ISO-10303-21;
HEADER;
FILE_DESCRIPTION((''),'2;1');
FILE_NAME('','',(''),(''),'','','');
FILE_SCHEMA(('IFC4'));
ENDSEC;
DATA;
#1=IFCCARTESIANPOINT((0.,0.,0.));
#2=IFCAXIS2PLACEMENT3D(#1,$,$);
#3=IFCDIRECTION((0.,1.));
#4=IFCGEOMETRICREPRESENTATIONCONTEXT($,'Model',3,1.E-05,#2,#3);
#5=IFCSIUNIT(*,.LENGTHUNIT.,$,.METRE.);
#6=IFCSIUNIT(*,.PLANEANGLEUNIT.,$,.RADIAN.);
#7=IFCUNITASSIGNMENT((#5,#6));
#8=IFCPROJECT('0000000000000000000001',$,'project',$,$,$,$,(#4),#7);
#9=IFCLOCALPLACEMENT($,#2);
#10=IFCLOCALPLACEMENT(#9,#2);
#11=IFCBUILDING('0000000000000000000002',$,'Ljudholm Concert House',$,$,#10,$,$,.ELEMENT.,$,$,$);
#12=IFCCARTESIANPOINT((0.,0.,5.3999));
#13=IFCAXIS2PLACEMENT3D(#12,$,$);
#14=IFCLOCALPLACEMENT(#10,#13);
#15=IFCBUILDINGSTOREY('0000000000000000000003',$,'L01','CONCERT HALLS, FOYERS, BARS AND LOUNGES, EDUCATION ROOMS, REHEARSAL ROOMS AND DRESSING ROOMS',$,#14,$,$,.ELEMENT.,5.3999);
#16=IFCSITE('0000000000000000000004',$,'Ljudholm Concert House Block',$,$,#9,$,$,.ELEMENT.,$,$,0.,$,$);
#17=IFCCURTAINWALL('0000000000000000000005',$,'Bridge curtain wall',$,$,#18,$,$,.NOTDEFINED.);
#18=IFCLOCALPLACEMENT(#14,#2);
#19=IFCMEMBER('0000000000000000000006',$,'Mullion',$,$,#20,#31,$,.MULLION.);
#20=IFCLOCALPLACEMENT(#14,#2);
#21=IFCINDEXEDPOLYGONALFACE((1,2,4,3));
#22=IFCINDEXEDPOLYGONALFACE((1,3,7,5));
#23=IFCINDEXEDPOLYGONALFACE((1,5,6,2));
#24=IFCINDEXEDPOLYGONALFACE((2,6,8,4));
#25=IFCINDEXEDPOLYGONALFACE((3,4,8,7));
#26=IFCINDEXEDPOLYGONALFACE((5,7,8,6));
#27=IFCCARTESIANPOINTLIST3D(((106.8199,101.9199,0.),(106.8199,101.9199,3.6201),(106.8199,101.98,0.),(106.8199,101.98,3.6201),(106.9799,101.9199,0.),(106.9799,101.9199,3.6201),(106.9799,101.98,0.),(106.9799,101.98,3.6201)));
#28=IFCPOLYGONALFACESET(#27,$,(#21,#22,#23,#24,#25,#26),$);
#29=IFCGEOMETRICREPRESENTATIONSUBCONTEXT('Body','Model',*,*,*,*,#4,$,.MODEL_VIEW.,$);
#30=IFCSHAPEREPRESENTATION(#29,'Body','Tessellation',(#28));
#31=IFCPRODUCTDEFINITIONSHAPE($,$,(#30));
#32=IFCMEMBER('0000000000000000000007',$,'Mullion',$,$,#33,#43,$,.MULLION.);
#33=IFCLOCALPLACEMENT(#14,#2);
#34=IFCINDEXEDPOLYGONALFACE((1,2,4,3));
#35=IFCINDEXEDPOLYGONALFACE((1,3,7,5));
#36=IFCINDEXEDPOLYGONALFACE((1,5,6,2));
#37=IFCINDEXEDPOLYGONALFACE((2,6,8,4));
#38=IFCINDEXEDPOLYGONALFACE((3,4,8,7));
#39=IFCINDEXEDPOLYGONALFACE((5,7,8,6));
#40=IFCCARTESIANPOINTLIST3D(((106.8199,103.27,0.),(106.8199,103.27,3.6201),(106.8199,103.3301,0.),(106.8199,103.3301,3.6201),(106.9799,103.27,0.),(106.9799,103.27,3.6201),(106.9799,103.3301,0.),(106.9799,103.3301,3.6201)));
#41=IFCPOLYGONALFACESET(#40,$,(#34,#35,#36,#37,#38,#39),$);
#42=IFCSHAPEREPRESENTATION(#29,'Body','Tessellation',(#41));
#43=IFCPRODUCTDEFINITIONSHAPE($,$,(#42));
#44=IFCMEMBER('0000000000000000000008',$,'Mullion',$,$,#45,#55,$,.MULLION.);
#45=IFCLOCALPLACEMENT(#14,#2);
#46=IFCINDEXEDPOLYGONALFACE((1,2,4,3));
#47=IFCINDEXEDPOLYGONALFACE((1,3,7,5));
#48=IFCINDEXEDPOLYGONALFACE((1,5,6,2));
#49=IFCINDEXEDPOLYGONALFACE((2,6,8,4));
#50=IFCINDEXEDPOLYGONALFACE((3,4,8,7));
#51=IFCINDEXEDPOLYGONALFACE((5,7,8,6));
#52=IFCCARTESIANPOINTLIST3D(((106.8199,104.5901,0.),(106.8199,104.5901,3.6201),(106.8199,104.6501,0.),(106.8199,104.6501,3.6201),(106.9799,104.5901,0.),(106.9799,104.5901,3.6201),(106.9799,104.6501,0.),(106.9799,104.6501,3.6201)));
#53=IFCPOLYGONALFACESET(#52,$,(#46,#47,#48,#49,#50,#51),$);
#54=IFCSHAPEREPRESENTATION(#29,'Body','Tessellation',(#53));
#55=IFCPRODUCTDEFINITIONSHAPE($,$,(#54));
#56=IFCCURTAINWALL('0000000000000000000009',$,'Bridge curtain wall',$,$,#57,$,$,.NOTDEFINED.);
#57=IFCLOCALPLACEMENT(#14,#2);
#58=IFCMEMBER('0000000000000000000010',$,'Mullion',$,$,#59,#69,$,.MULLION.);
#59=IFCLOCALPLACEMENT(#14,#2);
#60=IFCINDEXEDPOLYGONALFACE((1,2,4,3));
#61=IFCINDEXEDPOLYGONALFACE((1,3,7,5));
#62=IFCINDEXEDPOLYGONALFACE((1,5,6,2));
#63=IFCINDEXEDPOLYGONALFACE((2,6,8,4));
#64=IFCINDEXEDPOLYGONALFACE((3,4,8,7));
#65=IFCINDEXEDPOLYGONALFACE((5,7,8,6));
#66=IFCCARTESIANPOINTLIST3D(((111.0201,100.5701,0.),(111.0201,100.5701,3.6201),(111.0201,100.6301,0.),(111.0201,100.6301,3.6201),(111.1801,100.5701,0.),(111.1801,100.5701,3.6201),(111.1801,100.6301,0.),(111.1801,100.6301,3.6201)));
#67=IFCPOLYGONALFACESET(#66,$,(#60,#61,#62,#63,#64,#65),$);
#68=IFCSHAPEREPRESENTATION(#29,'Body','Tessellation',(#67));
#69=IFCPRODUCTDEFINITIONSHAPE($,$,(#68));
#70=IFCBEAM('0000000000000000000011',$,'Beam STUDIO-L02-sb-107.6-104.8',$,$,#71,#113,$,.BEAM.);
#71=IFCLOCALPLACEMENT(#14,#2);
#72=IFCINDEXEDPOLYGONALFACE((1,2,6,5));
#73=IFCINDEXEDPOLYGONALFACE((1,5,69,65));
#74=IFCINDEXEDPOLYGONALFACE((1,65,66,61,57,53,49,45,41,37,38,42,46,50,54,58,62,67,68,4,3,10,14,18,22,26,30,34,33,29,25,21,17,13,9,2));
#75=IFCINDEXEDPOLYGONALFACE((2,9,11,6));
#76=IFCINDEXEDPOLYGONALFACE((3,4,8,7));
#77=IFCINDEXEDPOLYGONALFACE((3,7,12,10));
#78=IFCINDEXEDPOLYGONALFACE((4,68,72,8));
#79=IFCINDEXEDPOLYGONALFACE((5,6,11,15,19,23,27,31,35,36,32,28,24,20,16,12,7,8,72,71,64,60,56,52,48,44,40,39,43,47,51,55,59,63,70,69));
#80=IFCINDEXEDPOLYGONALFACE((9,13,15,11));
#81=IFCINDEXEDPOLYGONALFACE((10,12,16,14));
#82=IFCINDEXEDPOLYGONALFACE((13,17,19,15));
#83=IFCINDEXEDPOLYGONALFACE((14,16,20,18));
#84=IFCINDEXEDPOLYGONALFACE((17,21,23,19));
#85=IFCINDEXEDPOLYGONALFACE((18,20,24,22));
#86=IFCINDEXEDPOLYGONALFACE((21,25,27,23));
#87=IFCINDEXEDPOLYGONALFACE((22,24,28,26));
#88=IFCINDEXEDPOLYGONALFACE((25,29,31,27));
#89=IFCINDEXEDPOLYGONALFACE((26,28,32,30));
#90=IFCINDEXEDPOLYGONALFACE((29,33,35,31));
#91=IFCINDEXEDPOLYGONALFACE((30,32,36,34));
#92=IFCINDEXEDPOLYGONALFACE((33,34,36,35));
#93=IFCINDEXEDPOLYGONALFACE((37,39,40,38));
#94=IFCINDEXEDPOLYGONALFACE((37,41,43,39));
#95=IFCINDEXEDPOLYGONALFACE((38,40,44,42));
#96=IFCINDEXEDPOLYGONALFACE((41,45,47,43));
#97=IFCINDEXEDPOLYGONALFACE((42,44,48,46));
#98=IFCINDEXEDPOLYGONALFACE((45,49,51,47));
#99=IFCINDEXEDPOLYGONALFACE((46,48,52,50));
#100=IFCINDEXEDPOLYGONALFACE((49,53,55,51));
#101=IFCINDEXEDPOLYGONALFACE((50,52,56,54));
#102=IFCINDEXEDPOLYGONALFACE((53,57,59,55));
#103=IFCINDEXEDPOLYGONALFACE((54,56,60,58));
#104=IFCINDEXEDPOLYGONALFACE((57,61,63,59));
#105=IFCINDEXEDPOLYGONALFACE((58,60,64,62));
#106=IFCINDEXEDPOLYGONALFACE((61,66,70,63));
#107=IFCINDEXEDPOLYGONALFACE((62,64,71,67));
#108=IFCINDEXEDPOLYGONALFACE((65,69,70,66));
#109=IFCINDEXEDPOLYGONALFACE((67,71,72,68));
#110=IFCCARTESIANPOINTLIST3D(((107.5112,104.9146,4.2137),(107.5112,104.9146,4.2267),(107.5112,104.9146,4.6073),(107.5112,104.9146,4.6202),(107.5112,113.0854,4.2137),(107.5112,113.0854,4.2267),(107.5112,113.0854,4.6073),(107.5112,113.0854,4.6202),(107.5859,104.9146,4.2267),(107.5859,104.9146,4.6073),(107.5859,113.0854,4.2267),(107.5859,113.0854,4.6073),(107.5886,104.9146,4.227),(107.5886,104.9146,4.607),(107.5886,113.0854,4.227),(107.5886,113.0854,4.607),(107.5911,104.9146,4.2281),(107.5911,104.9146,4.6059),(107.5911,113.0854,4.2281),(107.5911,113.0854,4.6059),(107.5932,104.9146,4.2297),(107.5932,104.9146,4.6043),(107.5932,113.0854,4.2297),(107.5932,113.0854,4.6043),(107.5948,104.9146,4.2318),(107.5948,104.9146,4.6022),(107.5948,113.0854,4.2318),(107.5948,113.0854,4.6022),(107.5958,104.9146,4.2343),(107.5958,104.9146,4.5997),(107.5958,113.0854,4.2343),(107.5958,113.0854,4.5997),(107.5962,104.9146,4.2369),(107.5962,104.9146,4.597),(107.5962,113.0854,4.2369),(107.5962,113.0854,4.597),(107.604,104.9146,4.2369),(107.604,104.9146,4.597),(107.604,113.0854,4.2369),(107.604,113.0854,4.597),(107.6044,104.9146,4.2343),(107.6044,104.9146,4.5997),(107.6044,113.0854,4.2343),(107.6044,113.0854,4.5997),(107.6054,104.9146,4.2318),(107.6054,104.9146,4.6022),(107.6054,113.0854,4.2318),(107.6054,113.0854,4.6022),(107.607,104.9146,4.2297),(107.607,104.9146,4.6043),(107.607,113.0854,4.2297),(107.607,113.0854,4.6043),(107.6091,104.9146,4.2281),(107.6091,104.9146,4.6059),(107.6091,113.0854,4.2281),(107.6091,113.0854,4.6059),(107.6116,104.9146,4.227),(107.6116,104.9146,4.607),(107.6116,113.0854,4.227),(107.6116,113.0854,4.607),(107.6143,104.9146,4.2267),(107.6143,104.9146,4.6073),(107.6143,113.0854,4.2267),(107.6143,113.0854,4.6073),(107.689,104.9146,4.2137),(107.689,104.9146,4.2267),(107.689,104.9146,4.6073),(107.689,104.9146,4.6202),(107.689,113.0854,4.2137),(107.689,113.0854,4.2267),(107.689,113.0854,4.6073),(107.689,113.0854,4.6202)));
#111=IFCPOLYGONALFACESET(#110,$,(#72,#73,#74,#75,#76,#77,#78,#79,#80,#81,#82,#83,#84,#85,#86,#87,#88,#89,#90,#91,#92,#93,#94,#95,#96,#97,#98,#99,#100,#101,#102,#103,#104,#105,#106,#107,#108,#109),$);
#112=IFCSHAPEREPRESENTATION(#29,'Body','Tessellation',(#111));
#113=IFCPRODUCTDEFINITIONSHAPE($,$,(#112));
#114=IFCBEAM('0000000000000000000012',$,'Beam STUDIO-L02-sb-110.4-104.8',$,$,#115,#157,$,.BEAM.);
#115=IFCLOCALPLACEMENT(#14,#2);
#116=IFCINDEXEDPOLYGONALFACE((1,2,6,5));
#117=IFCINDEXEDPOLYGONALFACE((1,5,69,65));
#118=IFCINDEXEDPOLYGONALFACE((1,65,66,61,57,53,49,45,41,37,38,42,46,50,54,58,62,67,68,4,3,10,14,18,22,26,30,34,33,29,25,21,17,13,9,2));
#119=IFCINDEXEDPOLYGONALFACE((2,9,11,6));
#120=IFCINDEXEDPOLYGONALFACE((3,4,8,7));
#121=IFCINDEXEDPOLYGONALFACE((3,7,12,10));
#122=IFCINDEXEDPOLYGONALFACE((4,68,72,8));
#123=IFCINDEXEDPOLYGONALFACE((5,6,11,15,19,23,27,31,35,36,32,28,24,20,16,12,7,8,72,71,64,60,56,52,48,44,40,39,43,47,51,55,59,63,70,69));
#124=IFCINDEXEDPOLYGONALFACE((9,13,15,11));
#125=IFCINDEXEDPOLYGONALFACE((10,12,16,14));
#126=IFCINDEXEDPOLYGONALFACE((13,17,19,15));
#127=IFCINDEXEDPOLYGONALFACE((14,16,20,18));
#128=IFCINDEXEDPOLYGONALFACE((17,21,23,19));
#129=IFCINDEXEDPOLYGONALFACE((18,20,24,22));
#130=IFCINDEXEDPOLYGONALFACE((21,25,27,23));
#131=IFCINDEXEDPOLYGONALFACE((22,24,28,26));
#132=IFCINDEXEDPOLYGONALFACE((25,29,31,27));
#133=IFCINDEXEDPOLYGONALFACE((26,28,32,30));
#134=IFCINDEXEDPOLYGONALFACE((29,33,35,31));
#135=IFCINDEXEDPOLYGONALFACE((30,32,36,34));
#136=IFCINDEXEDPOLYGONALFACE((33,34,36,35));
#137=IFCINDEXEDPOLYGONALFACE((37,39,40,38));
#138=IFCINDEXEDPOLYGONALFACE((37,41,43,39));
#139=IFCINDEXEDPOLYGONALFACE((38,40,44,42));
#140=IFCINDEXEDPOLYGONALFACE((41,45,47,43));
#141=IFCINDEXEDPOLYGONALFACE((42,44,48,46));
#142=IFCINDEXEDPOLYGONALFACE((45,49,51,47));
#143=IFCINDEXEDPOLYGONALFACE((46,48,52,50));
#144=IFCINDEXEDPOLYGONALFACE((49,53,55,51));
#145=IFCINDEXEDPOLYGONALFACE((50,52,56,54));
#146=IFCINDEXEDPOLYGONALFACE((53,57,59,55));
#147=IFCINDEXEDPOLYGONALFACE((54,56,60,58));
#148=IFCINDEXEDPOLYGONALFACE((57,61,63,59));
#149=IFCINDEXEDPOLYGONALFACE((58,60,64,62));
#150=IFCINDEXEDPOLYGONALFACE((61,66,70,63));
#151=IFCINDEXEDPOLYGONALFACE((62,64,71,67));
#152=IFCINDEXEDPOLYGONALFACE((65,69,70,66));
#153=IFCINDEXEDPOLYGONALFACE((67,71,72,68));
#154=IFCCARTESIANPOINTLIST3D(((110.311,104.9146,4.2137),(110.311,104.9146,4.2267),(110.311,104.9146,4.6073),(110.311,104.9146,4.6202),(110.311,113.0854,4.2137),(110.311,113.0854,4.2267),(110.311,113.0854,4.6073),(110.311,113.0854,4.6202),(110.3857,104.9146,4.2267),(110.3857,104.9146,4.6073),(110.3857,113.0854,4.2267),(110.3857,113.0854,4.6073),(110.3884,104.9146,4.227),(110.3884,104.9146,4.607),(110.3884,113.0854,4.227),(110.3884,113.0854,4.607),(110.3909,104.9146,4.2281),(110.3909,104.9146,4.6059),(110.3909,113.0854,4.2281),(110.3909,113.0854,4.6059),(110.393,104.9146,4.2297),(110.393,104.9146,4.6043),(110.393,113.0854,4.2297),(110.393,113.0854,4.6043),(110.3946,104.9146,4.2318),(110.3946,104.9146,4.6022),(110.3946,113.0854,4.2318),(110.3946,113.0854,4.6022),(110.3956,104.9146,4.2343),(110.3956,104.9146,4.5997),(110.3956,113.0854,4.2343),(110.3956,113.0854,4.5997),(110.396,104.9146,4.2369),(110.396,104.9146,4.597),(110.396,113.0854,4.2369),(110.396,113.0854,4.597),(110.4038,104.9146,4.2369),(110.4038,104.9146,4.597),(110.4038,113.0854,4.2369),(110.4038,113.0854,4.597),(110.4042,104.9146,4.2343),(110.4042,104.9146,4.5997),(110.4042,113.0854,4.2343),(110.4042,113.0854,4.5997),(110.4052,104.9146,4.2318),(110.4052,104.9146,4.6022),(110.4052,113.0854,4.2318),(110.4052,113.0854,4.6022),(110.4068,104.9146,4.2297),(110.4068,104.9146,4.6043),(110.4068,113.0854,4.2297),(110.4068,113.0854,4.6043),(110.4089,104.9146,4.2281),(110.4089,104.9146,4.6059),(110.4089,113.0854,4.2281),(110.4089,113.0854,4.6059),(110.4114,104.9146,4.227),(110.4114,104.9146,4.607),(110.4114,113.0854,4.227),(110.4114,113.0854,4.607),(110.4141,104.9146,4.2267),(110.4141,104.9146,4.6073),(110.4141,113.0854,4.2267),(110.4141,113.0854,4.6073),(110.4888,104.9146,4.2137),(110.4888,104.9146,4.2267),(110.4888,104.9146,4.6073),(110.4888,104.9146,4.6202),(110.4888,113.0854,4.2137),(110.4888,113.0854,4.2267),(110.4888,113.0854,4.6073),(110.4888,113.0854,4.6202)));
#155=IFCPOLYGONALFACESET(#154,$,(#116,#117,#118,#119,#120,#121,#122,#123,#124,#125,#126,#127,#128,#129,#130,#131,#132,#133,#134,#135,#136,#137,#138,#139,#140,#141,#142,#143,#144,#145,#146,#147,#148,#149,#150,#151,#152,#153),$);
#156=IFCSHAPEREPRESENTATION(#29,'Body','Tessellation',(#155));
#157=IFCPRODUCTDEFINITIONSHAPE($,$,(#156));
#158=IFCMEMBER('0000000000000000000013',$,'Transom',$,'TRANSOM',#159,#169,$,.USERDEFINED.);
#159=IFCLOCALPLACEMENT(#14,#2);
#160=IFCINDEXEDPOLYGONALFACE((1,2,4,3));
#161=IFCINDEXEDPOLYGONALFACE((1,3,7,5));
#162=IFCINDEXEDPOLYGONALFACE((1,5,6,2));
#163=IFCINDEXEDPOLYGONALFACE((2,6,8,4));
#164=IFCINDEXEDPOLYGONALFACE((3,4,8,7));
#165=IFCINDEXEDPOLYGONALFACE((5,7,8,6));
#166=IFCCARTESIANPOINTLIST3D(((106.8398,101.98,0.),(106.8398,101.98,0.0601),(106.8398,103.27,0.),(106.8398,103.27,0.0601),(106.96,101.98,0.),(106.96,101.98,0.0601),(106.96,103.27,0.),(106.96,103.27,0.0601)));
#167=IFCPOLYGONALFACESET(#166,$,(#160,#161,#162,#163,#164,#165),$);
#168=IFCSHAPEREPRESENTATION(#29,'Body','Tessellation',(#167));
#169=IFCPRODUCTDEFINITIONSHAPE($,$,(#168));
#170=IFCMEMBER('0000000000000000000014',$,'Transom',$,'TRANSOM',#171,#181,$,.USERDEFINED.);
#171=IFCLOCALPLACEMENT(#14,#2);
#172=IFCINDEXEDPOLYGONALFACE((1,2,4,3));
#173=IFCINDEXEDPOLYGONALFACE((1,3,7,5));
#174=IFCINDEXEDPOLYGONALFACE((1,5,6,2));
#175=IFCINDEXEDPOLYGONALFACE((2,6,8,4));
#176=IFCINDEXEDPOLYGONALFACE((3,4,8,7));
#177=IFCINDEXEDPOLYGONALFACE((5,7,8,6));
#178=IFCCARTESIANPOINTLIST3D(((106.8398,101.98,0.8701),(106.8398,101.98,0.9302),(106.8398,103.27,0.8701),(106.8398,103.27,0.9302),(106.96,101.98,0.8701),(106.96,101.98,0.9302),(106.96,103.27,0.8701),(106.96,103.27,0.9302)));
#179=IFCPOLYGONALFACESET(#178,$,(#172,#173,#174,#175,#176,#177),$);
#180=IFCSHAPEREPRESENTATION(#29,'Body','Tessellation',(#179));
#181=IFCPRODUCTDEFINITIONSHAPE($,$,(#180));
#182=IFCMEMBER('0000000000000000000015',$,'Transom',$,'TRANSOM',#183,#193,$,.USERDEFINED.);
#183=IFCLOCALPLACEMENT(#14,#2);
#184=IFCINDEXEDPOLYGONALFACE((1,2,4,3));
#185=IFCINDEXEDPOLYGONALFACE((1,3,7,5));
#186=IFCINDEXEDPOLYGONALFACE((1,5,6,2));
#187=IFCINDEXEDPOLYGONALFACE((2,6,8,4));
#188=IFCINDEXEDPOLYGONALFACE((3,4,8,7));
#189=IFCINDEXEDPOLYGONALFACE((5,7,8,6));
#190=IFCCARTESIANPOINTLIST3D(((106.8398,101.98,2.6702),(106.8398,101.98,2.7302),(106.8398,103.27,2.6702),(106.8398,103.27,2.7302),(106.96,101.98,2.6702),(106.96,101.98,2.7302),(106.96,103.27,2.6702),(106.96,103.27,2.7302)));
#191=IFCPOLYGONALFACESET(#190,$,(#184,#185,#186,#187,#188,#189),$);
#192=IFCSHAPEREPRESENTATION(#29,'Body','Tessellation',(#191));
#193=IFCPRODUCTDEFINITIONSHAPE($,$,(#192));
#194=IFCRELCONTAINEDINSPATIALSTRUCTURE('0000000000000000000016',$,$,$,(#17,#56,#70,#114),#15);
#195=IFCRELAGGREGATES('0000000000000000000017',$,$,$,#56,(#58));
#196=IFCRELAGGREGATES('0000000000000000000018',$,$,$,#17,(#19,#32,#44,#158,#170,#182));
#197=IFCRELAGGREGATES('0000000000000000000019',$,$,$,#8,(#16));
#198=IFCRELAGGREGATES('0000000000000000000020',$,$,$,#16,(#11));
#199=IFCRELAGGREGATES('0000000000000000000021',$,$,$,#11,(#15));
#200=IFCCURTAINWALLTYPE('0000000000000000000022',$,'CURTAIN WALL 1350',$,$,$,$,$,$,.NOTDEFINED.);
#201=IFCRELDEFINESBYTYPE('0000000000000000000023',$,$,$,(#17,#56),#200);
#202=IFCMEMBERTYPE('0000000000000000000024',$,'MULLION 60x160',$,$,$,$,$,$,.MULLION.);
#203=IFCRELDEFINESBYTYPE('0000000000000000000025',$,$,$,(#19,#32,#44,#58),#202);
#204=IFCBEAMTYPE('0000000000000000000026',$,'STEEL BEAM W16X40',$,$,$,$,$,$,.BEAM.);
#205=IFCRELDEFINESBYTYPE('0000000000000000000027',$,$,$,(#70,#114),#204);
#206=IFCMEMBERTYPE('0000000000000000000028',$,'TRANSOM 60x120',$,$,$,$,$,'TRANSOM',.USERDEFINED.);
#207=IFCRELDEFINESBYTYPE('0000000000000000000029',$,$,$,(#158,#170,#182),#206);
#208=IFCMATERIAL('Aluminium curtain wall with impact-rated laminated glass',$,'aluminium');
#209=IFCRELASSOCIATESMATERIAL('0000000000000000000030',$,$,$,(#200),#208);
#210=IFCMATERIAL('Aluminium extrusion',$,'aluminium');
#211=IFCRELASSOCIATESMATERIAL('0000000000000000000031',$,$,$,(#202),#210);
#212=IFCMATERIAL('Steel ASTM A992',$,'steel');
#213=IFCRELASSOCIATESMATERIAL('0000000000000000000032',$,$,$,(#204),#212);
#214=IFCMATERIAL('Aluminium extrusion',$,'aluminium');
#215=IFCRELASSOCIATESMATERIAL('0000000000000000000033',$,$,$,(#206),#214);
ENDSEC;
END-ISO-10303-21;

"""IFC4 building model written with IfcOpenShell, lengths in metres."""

from ifc_helpers import new_model, si_unit, direction, frame, origin, origin_2d, place, context, subcontext, project, spatial, rectangle, i_section, extrude, material, material_profile, profile_set, type_object, element, aggregate, save


model = new_model("IFC4")

# Units and contexts
model_context = context("Model", 3, precision=1e-05, world=origin(), true_north=direction((0.0, 1.0)))
body_context = subcontext(model_context, "Body", "Model", "MODEL_VIEW")
ifc_project = project(units=[si_unit("LENGTHUNIT", "METRE"), si_unit("PLANEANGLEUNIT", "RADIAN")], contexts=[model_context])

# Site, building, storey
site_placement = place(None, origin())
site = spatial("IfcSite", under=ifc_project, at=site_placement, Name="Ljudholm Concert House Block", CompositionType="ELEMENT", RefElevation=0.0)
building_placement = place(site_placement, origin())
building = spatial("IfcBuilding", under=site, at=building_placement, Name="Ljudholm Concert House", CompositionType="ELEMENT")
storey_placement = place(building_placement, frame((0.0, 0.0, 5.3999)))
storey = spatial("IfcBuildingStorey", under=building, at=storey_placement, Name="L01", Description="CONCERT HALLS, FOYERS, BARS AND LOUNGES, EDUCATION ROOMS, REHEARSAL ROOMS AND DRESSING ROOMS", CompositionType="ELEMENT", Elevation=5.3999)

# Curtain wall, members
ifc_material_1 = material(Name="Aluminium curtain wall with impact-rated laminated glass", Category="aluminium")
curtain_wall_type = type_object("IfcCurtainWallType", Name="CURTAIN WALL 1350", PredefinedType="NOTDEFINED", material=ifc_material_1)
curtain_wall_1_placement = place(storey_placement, origin())
curtain_wall_1 = element("IfcCurtainWall", 1, at=curtain_wall_1_placement, inside=storey, type_object=curtain_wall_type, Name="Bridge curtain wall", PredefinedType="NOTDEFINED")
ifc_material_2 = material(Name="Aluminium extrusion", Category="aluminium")
ifc_material_profile_1 = material_profile(ifc_material_2, rectangle(XDim=0.1599, YDim=0.0601, at=origin_2d()), Name="MULLION 60x160")
ifc_profile_set_1 = profile_set([ifc_material_profile_1], Name="Aluminium extrusion")
member_type_1 = type_object("IfcMemberType", Name="MULLION 60x160", PredefinedType="MULLION", material=ifc_profile_set_1)
member_1_placement = place(storey_placement, frame((106.8999, 101.95, 0.0), z_axis=(0.0, 0.0, 1.0), x_axis=(-1.0, 0.0, 0.0)))
member_1 = element("IfcMember", 2, at=member_1_placement, type_object=member_type_1, Name="Mullion", PredefinedType="MULLION", context=body_context, shape_type="SweptSolid", body=[
    extrude(rectangle(XDim=0.1599, YDim=0.0601, at=origin_2d()), origin(), (0.0, 0.0, 1.0), 3.6201),
])
member_2_placement = place(storey_placement, frame((106.8999, 103.3, 0.0), z_axis=(0.0, 0.0, 1.0), x_axis=(-1.0, 0.0, 0.0)))
member_2 = element("IfcMember", 3, at=member_2_placement, type_object=member_type_1, Name="Mullion", PredefinedType="MULLION", context=body_context, shape_type="SweptSolid", body=[
    extrude(rectangle(XDim=0.1599, YDim=0.0601, at=origin_2d()), origin(), (0.0, 0.0, 1.0), 3.6201),
])
member_3_placement = place(storey_placement, frame((106.8999, 104.6201, 0.0), z_axis=(0.0, 0.0, 1.0), x_axis=(-1.0, 0.0, 0.0)))
member_3 = element("IfcMember", 4, at=member_3_placement, type_object=member_type_1, Name="Mullion", PredefinedType="MULLION", context=body_context, shape_type="SweptSolid", body=[
    extrude(rectangle(XDim=0.1599, YDim=0.0601, at=origin_2d()), origin(), (0.0, 0.0, 1.0), 3.6201),
])

# Curtain wall, member
curtain_wall_2_placement = place(storey_placement, origin())
curtain_wall_2 = element("IfcCurtainWall", 5, at=curtain_wall_2_placement, inside=storey, type_object=curtain_wall_type, Name="Bridge curtain wall", PredefinedType="NOTDEFINED")
member_4_placement = place(storey_placement, frame((111.1001, 100.6001, 0.0), z_axis=(0.0, 0.0, 1.0), x_axis=(-1.0, 0.0, 0.0)))
member_4 = element("IfcMember", 6, at=member_4_placement, type_object=member_type_1, Name="Mullion", PredefinedType="MULLION", context=body_context, shape_type="SweptSolid", body=[
    extrude(rectangle(XDim=0.1599, YDim=0.0601, at=origin_2d()), origin(), (0.0, 0.0, 1.0), 3.6201),
])
aggregate(curtain_wall_2, [member_4])

# Beams
ifc_material_3 = material(Name="Steel ASTM A992", Category="steel")
ifc_material_profile_2 = material_profile(ifc_material_3, i_section(OverallWidth=0.1777, OverallDepth=0.4065, WebThickness=0.0078, FlangeThickness=0.0129, FilletRadius=0.0103, at=origin_2d()), Name="W16X40")
ifc_profile_set_2 = profile_set([ifc_material_profile_2], Name="Steel ASTM A992")
beam_type = type_object("IfcBeamType", Name="STEEL BEAM W16X40", PredefinedType="BEAM", material=ifc_profile_set_2)
for number, where, z_axis, x_axis, name in (
    (7, (107.6001, 104.9146, 4.417), (0.0, 1.0, 0.0), (-1.0, 0.0, 0.0), "Beam STUDIO-L02-sb-107.6-104.8"),
    (8, (110.3999, 104.9146, 4.417), (0.0, 1.0, 0.0), (-1.0, 0.0, 0.0), "Beam STUDIO-L02-sb-110.4-104.8"),
):
    element("IfcBeam", number, at=place(storey_placement, frame(where, z_axis=z_axis, x_axis=x_axis)), inside=storey, type_object=beam_type, Name=name, PredefinedType="BEAM", context=body_context, shape_type="SweptSolid", body=[
        extrude(i_section(OverallWidth=0.1777, OverallDepth=0.4065, WebThickness=0.0078, FlangeThickness=0.0129, FilletRadius=0.0103, at=origin_2d()), origin(), (0.0, 0.0, 1.0), 8.1709),
    ])

# Members
ifc_material_4 = material(Name="Aluminium extrusion", Category="aluminium")
ifc_material_profile_3 = material_profile(ifc_material_4, rectangle(XDim=0.1201, YDim=0.0601, at=origin_2d()), Name="TRANSOM 60x120")
ifc_profile_set_3 = profile_set([ifc_material_profile_3], Name="Aluminium extrusion")
member_type_2 = type_object("IfcMemberType", Name="TRANSOM 60x120", ElementType="TRANSOM", PredefinedType="USERDEFINED", material=ifc_profile_set_3)
member_5_placement = place(storey_placement, frame((106.8999, 101.98, 0.03), z_axis=(0.0, 1.0, 0.0), x_axis=(-1.0, 0.0, 0.0)))
member_5 = element("IfcMember", 9, at=member_5_placement, type_object=member_type_2, Name="Transom", ObjectType="TRANSOM", PredefinedType="USERDEFINED", context=body_context, shape_type="SweptSolid", body=[
    extrude(rectangle(XDim=0.1201, YDim=0.0601, at=origin_2d()), origin(), (0.0, 0.0, 1.0), 1.29),
])
member_6_placement = place(storey_placement, frame((106.8999, 101.98, 0.9001), z_axis=(0.0, 1.0, 0.0), x_axis=(-1.0, 0.0, 0.0)))
member_6 = element("IfcMember", 10, at=member_6_placement, type_object=member_type_2, Name="Transom", ObjectType="TRANSOM", PredefinedType="USERDEFINED", context=body_context, shape_type="SweptSolid", body=[
    extrude(rectangle(XDim=0.1201, YDim=0.0601, at=origin_2d()), origin(), (0.0, 0.0, 1.0), 1.29),
])
member_7_placement = place(storey_placement, frame((106.8999, 101.98, 2.7002), z_axis=(0.0, 1.0, 0.0), x_axis=(-1.0, 0.0, 0.0)))
member_7 = element("IfcMember", 11, at=member_7_placement, type_object=member_type_2, Name="Transom", ObjectType="TRANSOM", PredefinedType="USERDEFINED", context=body_context, shape_type="SweptSolid", body=[
    extrude(rectangle(XDim=0.1201, YDim=0.0601, at=origin_2d()), origin(), (0.0, 0.0, 1.0), 1.29),
])

aggregate(curtain_wall_1, [member_1, member_2, member_3, member_5, member_6, member_7])

save(model, "model.ifc")
